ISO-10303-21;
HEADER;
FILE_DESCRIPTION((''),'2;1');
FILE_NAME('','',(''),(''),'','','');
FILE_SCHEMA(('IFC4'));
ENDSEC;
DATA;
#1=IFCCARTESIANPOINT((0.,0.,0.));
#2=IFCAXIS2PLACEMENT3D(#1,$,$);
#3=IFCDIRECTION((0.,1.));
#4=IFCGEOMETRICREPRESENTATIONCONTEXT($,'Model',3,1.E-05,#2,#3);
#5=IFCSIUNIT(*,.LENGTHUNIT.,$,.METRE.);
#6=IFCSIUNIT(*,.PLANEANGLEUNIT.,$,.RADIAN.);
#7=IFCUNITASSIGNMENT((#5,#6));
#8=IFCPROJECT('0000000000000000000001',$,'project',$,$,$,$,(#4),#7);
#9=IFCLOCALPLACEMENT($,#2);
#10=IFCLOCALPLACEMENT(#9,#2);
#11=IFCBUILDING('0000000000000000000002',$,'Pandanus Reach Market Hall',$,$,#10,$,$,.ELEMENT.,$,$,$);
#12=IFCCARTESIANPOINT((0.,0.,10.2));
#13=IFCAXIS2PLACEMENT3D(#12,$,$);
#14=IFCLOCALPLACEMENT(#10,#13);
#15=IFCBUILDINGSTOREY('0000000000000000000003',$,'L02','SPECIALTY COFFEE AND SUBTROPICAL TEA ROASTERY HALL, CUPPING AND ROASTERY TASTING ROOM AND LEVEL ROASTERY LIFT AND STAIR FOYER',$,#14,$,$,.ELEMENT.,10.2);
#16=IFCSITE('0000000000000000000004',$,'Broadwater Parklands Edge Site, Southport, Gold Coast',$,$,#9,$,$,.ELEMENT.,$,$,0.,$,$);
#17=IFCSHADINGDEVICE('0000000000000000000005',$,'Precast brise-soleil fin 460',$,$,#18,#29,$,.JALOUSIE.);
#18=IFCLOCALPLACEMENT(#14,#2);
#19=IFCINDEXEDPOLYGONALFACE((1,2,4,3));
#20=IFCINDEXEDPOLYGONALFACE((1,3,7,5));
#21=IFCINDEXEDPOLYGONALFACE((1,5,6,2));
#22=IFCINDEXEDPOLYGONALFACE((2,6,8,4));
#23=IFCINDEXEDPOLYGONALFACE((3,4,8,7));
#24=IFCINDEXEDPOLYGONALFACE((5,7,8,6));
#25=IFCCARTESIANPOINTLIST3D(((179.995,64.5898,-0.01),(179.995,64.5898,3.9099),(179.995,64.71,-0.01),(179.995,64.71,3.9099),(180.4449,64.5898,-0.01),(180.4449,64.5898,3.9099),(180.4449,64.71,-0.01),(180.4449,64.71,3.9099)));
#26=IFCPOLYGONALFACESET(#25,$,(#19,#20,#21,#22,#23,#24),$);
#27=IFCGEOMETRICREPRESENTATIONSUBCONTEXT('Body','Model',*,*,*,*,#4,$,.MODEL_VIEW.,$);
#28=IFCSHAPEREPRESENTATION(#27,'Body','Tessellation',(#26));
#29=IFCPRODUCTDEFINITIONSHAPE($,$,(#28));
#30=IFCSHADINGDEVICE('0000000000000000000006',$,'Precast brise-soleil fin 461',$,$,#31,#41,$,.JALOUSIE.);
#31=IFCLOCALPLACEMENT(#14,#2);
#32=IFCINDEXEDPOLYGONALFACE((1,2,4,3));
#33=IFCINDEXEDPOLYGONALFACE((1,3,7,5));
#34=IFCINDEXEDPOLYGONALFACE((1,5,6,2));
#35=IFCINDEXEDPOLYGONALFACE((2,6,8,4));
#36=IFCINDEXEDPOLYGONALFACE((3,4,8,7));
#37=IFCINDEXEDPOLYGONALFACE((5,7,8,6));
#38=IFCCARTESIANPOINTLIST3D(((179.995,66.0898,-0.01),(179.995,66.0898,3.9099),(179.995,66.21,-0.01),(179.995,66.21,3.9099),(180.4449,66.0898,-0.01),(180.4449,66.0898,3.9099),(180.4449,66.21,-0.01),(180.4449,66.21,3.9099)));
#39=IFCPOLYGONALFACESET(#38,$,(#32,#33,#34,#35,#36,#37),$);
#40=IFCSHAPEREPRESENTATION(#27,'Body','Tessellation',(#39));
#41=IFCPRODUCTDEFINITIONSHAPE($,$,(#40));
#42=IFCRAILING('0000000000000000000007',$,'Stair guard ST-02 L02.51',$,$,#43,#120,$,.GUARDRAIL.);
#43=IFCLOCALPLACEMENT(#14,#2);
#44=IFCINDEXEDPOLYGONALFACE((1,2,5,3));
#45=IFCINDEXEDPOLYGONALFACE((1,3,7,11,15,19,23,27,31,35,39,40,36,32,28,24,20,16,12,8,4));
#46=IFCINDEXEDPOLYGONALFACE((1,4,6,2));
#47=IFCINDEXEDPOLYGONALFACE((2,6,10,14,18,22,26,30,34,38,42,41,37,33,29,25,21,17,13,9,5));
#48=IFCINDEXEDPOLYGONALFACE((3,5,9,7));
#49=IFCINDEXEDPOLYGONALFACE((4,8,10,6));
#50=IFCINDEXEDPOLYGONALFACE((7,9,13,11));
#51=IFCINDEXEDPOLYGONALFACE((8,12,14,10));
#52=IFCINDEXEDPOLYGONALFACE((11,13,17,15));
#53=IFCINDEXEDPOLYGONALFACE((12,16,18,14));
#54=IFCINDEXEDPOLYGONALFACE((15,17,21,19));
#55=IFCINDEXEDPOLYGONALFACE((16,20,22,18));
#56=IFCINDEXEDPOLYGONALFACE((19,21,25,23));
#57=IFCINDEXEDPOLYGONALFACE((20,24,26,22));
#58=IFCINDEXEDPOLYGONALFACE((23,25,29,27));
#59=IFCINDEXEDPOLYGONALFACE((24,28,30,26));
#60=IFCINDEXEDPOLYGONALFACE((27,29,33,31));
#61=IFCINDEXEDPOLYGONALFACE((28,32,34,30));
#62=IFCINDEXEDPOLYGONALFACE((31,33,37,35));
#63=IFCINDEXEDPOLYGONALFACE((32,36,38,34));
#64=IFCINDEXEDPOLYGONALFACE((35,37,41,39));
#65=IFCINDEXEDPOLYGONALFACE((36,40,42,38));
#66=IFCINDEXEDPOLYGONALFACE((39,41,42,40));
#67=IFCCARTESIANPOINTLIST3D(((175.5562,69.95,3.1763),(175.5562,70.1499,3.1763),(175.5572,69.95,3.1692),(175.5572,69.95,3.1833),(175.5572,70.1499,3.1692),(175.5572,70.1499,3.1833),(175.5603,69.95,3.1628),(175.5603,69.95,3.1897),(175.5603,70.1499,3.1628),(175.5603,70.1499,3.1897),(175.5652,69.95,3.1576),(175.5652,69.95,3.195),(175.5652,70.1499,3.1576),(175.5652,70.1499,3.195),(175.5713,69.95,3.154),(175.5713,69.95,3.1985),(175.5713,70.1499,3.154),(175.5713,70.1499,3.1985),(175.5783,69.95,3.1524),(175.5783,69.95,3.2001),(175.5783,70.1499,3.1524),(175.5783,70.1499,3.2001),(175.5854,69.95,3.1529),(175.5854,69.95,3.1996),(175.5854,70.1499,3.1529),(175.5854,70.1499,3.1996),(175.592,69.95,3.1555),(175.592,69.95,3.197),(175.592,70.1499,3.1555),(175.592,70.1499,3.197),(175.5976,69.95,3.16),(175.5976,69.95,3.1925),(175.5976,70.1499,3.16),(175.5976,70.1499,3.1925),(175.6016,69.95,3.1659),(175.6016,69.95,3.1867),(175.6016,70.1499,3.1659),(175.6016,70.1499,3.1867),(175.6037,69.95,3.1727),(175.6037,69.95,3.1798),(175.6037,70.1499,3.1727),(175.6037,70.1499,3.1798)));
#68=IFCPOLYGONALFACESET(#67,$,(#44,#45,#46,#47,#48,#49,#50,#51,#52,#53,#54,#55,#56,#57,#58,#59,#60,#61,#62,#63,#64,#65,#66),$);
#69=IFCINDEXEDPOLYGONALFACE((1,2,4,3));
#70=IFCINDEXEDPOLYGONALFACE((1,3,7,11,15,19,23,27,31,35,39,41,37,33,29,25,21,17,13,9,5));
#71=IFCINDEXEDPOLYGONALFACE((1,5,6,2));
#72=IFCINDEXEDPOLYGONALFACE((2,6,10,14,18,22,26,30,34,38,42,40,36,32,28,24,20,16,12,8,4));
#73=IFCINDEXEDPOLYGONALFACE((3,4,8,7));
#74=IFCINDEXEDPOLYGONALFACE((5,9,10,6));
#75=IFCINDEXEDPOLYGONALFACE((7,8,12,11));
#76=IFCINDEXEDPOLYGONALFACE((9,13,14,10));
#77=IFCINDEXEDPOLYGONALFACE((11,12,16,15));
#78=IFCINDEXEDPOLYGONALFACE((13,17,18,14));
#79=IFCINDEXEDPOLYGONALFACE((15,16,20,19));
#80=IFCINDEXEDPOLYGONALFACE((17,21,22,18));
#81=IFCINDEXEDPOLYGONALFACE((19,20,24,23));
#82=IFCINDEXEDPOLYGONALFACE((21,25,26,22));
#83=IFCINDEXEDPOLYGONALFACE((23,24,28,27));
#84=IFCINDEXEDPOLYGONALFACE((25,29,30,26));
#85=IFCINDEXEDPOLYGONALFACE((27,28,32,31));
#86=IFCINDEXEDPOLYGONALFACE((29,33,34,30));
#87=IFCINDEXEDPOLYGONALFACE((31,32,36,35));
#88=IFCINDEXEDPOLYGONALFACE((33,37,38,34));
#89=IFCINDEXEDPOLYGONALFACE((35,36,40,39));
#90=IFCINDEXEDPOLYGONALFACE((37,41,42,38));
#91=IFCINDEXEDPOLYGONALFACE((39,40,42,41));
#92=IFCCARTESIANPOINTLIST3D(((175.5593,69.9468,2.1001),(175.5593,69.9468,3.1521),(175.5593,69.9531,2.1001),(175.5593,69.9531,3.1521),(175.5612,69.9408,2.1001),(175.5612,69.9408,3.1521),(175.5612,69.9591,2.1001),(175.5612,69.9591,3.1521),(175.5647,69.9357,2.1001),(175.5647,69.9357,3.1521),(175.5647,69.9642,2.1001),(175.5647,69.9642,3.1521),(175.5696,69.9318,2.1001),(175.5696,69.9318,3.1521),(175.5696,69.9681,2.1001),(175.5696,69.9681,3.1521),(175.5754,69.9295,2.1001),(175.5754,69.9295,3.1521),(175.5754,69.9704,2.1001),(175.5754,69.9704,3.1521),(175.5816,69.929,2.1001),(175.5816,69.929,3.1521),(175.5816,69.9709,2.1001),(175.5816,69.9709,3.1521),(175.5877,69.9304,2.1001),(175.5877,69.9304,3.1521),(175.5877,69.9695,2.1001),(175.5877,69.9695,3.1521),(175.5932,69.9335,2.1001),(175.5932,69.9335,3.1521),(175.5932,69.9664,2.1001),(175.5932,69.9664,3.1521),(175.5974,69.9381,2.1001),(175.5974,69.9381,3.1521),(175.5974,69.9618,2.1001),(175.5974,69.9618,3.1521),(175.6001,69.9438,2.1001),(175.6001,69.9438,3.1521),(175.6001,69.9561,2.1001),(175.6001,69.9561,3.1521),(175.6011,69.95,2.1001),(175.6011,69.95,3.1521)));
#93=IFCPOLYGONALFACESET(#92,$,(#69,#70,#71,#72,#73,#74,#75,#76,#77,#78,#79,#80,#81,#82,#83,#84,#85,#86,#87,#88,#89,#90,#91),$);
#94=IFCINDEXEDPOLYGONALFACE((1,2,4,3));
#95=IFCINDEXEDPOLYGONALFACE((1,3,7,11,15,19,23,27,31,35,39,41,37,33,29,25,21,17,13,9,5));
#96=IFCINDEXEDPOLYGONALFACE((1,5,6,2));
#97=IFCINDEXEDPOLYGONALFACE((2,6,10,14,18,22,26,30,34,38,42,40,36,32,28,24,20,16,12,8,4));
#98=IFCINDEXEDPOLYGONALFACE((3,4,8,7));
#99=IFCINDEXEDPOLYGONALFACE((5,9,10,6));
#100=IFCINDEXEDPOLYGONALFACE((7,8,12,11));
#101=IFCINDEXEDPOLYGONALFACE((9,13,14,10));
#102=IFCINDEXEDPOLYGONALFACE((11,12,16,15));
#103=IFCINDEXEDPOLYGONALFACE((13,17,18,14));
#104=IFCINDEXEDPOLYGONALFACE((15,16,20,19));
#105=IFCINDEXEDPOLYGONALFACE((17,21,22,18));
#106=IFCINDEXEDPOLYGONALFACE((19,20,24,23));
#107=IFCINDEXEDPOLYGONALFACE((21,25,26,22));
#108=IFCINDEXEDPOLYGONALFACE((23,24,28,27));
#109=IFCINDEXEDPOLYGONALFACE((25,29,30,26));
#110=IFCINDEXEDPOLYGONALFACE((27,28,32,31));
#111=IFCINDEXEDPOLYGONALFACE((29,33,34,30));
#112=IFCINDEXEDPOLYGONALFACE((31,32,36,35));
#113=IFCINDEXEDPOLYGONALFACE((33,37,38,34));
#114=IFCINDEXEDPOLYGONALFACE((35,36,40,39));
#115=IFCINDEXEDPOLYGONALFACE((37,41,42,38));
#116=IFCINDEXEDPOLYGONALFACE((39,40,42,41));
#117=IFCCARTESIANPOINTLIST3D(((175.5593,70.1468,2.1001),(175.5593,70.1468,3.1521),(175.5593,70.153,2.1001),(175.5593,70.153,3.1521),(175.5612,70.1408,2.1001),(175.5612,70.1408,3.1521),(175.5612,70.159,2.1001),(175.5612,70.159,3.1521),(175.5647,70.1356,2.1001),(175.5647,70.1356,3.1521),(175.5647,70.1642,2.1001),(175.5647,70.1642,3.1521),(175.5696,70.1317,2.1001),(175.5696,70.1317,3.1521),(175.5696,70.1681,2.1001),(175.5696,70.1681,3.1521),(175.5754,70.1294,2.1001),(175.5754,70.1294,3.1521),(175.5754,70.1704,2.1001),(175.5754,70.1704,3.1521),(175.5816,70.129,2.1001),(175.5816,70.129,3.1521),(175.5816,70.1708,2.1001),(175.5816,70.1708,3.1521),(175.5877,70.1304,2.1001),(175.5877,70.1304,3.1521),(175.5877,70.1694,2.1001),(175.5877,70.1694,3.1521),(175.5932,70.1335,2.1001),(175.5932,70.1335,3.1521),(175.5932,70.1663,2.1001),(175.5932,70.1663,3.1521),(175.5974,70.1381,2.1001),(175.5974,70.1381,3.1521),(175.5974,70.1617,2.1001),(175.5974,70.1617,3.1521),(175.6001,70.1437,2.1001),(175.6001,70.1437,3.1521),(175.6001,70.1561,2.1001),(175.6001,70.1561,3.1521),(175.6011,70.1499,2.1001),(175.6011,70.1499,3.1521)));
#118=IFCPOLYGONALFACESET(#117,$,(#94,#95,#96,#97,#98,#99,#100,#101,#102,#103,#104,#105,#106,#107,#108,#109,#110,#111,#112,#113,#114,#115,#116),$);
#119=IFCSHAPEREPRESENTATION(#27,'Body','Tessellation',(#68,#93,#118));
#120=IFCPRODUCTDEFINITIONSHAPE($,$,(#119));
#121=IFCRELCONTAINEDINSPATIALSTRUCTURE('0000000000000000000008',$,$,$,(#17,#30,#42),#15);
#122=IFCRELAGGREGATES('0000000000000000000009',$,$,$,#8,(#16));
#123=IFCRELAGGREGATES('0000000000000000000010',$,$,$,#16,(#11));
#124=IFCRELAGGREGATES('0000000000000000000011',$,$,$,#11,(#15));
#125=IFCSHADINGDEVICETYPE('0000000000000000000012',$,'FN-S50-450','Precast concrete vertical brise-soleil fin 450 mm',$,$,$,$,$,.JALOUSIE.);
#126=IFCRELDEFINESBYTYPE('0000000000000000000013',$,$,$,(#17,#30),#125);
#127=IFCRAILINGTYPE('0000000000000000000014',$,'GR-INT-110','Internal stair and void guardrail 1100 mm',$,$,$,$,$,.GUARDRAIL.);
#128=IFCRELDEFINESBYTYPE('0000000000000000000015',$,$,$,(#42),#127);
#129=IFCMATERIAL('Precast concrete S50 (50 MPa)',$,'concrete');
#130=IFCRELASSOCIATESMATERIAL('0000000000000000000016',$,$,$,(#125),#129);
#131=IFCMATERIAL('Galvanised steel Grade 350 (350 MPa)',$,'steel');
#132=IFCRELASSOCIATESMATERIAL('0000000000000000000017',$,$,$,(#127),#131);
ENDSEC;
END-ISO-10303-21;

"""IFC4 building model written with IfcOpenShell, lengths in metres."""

from ifc_helpers import new_model, si_unit, direction, frame, origin, origin_2d, place, context, subcontext, project, spatial, rectangle, circle, extrude, material, type_object, element, save


model = new_model("IFC4")

# Units and contexts
model_context = context("Model", 3, precision=1e-05, world=origin(), true_north=direction((0.0, 1.0)))
body_context = subcontext(model_context, "Body", "Model", "MODEL_VIEW")
ifc_project = project(units=[si_unit("LENGTHUNIT", "METRE"), si_unit("PLANEANGLEUNIT", "RADIAN")], contexts=[model_context])

# Site, building, storey
site_placement = place(None, origin())
site = spatial("IfcSite", under=ifc_project, at=site_placement, Name="Broadwater Parklands Edge Site, Southport, Gold Coast", CompositionType="ELEMENT", RefElevation=0.0)
building_placement = place(site_placement, origin())
building = spatial("IfcBuilding", under=site, at=building_placement, Name="Pandanus Reach Market Hall", CompositionType="ELEMENT")
storey_placement = place(building_placement, frame((0.0, 0.0, 10.2)))
storey = spatial("IfcBuildingStorey", under=building, at=storey_placement, Name="L02", Description="SPECIALTY COFFEE AND SUBTROPICAL TEA ROASTERY HALL, CUPPING AND ROASTERY TASTING ROOM AND LEVEL ROASTERY LIFT AND STAIR FOYER", CompositionType="ELEMENT", Elevation=10.2)

# Shared definitions
ifc_material_1 = material(Name="Precast concrete S50 (50 MPa)", Category="concrete")

# Shading devices
shading_device_type = type_object("IfcShadingDeviceType", Name="FN-S50-450", Description="Precast concrete vertical brise-soleil fin 450 mm", PredefinedType="JALOUSIE", material=ifc_material_1)
for number, where, z_axis, x_axis, name in (
    (1, (180.22, 64.6499, -0.01), (0.0, 0.0, 1.0), (1.0, 0.0, 0.0), "Precast brise-soleil fin 460"),
    (2, (180.22, 66.1499, -0.01), (0.0, 0.0, 1.0), (1.0, 0.0, 0.0), "Precast brise-soleil fin 461"),
):
    element("IfcShadingDevice", number, at=place(storey_placement, frame(where, z_axis=z_axis, x_axis=x_axis)), inside=storey, type_object=shading_device_type, Name=name, PredefinedType="JALOUSIE", context=body_context, shape_type="SweptSolid", body=[
        extrude(rectangle(XDim=0.45, YDim=0.1201, at=origin_2d()), origin(), (0.0, 0.0, 1.0), 3.9199),
    ])

# Railing
ifc_material_2 = material(Name="Galvanised steel Grade 350 (350 MPa)", Category="steel")
railing_type_1 = type_object("IfcRailingType", Name="GR-INT-110", Description="Internal stair and void guardrail 1100 mm", PredefinedType="GUARDRAIL", material=ifc_material_2)
railing_1_placement = place(storey_placement, frame((175.5801, 69.95, 2.1001)))
element("IfcRailing", 3, at=railing_1_placement, inside=storey, type_object=railing_type_1, Name="Stair guard ST-02 L02.51", PredefinedType="GUARDRAIL", context=body_context, shape_type="SweptSolid", body=[
    extrude(circle(Radius=0.0239, at=origin_2d()), frame((0.0, 0.0, 1.0762), z_axis=(0.0, 1.0, 0.0), x_axis=(-1.0, 0.0, 0.0)), (0.0, 0.0, 1.0), 0.2),
    extrude(circle(Radius=0.021, at=origin_2d()), origin(), (0.0, 0.0, 1.0), 1.052),
    extrude(circle(Radius=0.021, at=origin_2d()), frame((0.0, 0.2, 0.0)), (0.0, 0.0, 1.0), 1.052),
])

save(model, "model.ifc")
